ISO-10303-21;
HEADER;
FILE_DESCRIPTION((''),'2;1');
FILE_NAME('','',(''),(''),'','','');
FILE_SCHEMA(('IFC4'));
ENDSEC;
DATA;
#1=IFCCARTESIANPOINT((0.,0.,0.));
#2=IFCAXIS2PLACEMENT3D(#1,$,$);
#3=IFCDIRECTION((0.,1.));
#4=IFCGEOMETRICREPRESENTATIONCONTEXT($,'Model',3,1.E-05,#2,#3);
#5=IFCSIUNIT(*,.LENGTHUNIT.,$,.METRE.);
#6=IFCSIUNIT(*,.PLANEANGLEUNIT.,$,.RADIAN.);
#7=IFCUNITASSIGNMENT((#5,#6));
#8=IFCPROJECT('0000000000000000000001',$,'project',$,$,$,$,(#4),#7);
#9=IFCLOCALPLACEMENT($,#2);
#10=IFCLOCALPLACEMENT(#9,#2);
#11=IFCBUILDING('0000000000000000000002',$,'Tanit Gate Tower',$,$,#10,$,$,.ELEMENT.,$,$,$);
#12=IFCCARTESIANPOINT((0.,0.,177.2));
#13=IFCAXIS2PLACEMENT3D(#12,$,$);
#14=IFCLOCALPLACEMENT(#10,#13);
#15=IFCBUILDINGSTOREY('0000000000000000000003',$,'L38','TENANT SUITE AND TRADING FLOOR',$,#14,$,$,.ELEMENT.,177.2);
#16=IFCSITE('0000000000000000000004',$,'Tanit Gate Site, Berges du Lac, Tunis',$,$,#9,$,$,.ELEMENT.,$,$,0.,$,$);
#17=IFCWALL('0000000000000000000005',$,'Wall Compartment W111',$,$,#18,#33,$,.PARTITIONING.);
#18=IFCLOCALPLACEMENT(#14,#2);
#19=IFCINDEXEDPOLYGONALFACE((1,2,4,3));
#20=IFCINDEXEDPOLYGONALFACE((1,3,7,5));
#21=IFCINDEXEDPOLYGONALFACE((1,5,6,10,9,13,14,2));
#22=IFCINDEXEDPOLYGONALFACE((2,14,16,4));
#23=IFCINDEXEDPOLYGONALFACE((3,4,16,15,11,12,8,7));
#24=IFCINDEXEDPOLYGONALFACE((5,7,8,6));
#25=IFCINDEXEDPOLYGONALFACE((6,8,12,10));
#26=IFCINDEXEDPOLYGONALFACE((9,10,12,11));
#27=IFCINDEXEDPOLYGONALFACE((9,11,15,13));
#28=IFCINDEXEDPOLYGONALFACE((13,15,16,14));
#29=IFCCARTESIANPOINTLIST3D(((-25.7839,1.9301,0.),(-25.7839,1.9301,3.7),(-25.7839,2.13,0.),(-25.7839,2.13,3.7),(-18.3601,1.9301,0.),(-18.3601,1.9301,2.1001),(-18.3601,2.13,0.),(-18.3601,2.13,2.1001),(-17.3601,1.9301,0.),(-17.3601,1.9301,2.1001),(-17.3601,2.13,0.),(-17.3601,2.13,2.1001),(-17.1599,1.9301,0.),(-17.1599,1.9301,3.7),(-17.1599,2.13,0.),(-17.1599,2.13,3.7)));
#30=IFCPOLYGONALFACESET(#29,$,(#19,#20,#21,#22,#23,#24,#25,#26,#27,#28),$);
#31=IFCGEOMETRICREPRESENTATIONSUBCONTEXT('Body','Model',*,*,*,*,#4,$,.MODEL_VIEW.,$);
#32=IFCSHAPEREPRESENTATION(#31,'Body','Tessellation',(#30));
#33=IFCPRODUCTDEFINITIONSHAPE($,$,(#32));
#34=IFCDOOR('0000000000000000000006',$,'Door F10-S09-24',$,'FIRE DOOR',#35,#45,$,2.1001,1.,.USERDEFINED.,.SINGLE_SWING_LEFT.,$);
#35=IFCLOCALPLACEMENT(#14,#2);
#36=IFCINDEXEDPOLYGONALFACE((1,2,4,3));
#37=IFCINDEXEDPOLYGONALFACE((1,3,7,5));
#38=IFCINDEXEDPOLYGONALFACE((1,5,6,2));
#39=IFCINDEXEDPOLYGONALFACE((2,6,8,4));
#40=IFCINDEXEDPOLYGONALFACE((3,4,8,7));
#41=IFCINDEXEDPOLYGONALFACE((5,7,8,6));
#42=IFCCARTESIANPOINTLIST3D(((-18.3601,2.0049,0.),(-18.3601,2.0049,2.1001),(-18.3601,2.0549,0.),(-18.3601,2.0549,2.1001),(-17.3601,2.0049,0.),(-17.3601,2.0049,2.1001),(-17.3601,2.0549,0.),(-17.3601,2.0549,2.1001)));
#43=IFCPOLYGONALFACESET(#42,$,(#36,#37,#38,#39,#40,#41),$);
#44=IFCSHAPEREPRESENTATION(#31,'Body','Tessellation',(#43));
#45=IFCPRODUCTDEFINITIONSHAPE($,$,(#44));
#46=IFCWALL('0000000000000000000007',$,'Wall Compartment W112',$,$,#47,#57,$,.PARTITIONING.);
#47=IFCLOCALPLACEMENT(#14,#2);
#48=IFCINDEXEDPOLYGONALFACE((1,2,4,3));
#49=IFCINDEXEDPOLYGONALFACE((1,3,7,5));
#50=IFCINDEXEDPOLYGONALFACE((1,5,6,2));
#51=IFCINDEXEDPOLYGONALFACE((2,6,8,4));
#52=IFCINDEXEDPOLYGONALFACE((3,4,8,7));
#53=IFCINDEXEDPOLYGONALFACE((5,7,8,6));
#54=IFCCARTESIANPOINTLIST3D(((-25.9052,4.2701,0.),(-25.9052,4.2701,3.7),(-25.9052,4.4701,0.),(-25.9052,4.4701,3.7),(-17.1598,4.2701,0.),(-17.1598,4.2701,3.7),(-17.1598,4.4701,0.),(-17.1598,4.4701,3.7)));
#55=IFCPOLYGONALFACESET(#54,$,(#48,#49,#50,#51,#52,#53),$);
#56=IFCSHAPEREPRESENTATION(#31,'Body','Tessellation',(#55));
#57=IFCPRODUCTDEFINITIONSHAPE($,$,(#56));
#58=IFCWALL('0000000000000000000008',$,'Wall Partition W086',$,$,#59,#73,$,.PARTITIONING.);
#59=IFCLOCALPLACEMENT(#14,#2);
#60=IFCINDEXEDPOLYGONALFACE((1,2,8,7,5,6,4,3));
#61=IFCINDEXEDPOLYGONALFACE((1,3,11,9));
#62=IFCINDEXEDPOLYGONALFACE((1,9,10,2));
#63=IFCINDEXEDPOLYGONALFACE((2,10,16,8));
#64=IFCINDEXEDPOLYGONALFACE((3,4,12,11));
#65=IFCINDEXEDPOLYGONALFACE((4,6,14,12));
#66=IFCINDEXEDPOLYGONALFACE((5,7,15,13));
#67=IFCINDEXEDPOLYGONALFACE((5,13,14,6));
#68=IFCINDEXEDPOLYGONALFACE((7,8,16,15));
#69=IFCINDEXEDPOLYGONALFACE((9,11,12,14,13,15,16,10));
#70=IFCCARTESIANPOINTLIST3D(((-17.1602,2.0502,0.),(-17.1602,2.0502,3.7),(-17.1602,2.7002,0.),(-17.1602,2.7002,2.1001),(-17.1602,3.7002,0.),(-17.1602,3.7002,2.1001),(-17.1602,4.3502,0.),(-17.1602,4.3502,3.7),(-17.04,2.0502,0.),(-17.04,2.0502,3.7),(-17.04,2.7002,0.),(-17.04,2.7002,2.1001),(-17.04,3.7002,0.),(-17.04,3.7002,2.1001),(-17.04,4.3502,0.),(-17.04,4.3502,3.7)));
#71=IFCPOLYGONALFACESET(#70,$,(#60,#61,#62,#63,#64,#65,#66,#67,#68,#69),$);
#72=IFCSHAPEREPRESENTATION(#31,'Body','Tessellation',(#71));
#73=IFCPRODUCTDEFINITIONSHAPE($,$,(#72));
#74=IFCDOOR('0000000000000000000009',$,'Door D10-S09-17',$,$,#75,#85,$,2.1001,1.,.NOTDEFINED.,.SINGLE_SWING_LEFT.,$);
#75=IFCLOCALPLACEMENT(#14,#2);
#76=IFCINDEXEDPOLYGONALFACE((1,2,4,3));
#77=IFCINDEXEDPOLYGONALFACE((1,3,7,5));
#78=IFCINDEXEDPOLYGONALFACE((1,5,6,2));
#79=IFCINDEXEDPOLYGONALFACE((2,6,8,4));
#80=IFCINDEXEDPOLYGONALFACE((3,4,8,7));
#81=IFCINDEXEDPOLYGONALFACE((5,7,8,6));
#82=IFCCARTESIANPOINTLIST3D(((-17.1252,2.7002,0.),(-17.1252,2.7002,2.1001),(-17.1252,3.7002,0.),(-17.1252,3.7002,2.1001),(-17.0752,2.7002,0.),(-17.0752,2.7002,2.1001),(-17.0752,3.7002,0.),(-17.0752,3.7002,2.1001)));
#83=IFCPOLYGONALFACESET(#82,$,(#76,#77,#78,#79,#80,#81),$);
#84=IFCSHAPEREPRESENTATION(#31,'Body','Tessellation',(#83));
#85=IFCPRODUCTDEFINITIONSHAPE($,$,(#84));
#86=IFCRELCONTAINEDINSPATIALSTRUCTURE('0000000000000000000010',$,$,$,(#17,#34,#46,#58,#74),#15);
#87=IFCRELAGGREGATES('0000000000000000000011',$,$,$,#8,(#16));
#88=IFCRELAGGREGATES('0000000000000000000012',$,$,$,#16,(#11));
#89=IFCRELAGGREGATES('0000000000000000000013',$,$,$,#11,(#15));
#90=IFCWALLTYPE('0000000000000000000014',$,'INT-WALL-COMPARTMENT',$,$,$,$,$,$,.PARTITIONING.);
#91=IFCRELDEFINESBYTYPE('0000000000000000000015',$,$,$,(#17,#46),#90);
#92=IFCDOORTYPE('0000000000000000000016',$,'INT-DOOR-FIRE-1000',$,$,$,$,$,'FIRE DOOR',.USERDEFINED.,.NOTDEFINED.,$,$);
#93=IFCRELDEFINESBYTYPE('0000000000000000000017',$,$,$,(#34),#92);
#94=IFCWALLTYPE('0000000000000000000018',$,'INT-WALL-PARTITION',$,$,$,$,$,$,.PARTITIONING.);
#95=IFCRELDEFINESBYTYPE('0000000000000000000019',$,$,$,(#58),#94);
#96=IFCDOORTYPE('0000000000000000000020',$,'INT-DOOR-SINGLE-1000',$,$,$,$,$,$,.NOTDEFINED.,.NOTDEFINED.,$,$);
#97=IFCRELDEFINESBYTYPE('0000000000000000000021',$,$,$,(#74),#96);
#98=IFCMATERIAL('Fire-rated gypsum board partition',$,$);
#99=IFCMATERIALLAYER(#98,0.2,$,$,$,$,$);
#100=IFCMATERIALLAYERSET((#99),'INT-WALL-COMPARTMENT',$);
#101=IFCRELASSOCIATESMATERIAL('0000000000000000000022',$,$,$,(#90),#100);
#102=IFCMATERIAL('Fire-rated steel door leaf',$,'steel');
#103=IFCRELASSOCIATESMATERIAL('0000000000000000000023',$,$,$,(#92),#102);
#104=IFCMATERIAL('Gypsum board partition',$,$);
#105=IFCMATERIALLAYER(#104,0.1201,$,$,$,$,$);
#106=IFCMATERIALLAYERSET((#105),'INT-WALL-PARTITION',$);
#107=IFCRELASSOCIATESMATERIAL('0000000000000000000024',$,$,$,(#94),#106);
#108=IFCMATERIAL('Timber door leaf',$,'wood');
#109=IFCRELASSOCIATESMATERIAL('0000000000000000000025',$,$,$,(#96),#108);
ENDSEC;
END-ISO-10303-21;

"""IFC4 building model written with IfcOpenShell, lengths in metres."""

from ifc_helpers import new_model, si_unit, direction, frame, frame_2d, origin, place, context, subcontext, project, spatial, rectangle, extrude, material, layer, layer_set, type_object, element, fill, save


model = new_model("IFC4")

# Units and contexts
model_context = context("Model", 3, precision=1e-05, world=origin(), true_north=direction((0.0, 1.0)))
body_context = subcontext(model_context, "Body", "Model", "MODEL_VIEW")
ifc_project = project(units=[si_unit("LENGTHUNIT", "METRE"), si_unit("PLANEANGLEUNIT", "RADIAN")], contexts=[model_context])

# Site, building, storey
site_placement = place(None, origin())
site = spatial("IfcSite", under=ifc_project, at=site_placement, Name="Tanit Gate Site, Berges du Lac, Tunis", CompositionType="ELEMENT", RefElevation=0.0)
building_placement = place(site_placement, origin())
building = spatial("IfcBuilding", under=site, at=building_placement, Name="Tanit Gate Tower", CompositionType="ELEMENT")
storey_placement = place(building_placement, frame((0.0, 0.0, 177.2)))
storey = spatial("IfcBuildingStorey", under=building, at=storey_placement, Name="L38", Description="TENANT SUITE AND TRADING FLOOR", CompositionType="ELEMENT", Elevation=177.2)

# Shared definitions
ifc_material_1 = material(Name="Fire-rated gypsum board partition")
ifc_layer_1 = layer(ifc_material_1, 0.2)
ifc_layer_set_1 = layer_set([ifc_layer_1], Name="INT-WALL-COMPARTMENT")
wall_type_1 = type_object("IfcWallType", Name="INT-WALL-COMPARTMENT", PredefinedType="PARTITIONING", material=ifc_layer_set_1)

# Wall, opening, door
wall_1_placement = place(storey_placement, frame((-25.7839, 2.03, 0.0), z_axis=(0.0, 0.0, 1.0), x_axis=(1.0, 0.0, 0.0)))
wall_1 = element("IfcWall", 1, at=wall_1_placement, inside=storey, type_object=wall_type_1, Name="Wall Compartment W111", PredefinedType="PARTITIONING", context=body_context, shape_type="SweptSolid", body=[
    extrude(rectangle(XDim=8.624, YDim=0.2, at=frame_2d((4.312, 0.0))), origin(), (0.0, 0.0, 1.0), 3.7),
])
opening_1_placement = place(wall_1_placement, frame((7.4238, 0.0, 0.0)))
opening_1 = element("IfcOpeningElement", 2, at=opening_1_placement, cuts=wall_1, PredefinedType="OPENING", context=body_context, shape_type="SweptSolid", body=[
    extrude(rectangle(XDim=1.0, YDim=2.1001, at=frame_2d((0.5, 1.05))), frame((0.0, 0.1099, 0.0), z_axis=(0.0, -1.0, 0.0), x_axis=(1.0, 0.0, 0.0)), (0.0, 0.0, 1.0), 0.22),
])
ifc_material_2 = material(Name="Fire-rated steel door leaf", Category="steel")
door_type_1 = type_object("IfcDoorType", Name="INT-DOOR-FIRE-1000", ElementType="FIRE DOOR", OperationType="NOTDEFINED", PredefinedType="USERDEFINED", material=ifc_material_2)
door_1_placement = place(opening_1_placement, origin())
door_1 = element("IfcDoor", 3, at=door_1_placement, inside=storey, type_object=door_type_1, Name="Door F10-S09-24", ObjectType="FIRE DOOR", OperationType="SINGLE_SWING_LEFT", OverallHeight=2.1001, OverallWidth=1.0, PredefinedType="USERDEFINED", context=body_context, shape_type="SweptSolid", body=[
    extrude(rectangle(XDim=1.0, YDim=2.1001, at=frame_2d((0.5, 1.05))), frame((0.0, 0.0249, 0.0), z_axis=(0.0, -1.0, 0.0), x_axis=(1.0, 0.0, 0.0)), (0.0, 0.0, 1.0), 0.05),
])
fill(opening_1, door_1)

# Wall
wall_2_placement = place(storey_placement, frame((-17.1599, 4.3701, 0.0), z_axis=(0.0, 0.0, 1.0), x_axis=(-1.0, 0.0, 0.0)))
element("IfcWall", 4, at=wall_2_placement, inside=storey, type_object=wall_type_1, Name="Wall Compartment W112", PredefinedType="PARTITIONING", context=body_context, shape_type="SweptSolid", body=[
    extrude(rectangle(XDim=8.7454, YDim=0.2, at=frame_2d((4.3726, 0.0))), origin(), (0.0, 0.0, 1.0), 3.7),
])

# Wall, opening, door
ifc_material_3 = material(Name="Gypsum board partition")
ifc_layer_2 = layer(ifc_material_3, 0.1201)
ifc_layer_set_2 = layer_set([ifc_layer_2], Name="INT-WALL-PARTITION")
wall_type_2 = type_object("IfcWallType", Name="INT-WALL-PARTITION", PredefinedType="PARTITIONING", material=ifc_layer_set_2)
wall_3_placement = place(storey_placement, frame((-17.1001, 4.3501, 0.0), z_axis=(0.0, 0.0, 1.0), x_axis=(0.0, -1.0, 0.0)))
wall_3 = element("IfcWall", 5, at=wall_3_placement, inside=storey, type_object=wall_type_2, Name="Wall Partition W086", PredefinedType="PARTITIONING", context=body_context, shape_type="SweptSolid", body=[
    extrude(rectangle(XDim=2.3, YDim=0.1201, at=frame_2d((1.1499, 0.0))), origin(), (0.0, 0.0, 1.0), 3.7),
])
opening_2_placement = place(wall_3_placement, frame((0.6499, 0.0, 0.0)))
opening_2 = element("IfcOpeningElement", 6, at=opening_2_placement, cuts=wall_3, PredefinedType="OPENING", context=body_context, shape_type="SweptSolid", body=[
    extrude(rectangle(XDim=1.0, YDim=2.1001, at=frame_2d((0.5, 1.05))), frame((0.0, 0.0701, 0.0), z_axis=(0.0, -1.0, 0.0), x_axis=(1.0, 0.0, 0.0)), (0.0, 0.0, 1.0), 0.1401),
])
ifc_material_4 = material(Name="Timber door leaf", Category="wood")
door_type_2 = type_object("IfcDoorType", Name="INT-DOOR-SINGLE-1000", OperationType="NOTDEFINED", PredefinedType="NOTDEFINED", material=ifc_material_4)
door_2_placement = place(opening_2_placement, origin())
door_2 = element("IfcDoor", 7, at=door_2_placement, inside=storey, type_object=door_type_2, Name="Door D10-S09-17", OperationType="SINGLE_SWING_LEFT", OverallHeight=2.1001, OverallWidth=1.0, PredefinedType="NOTDEFINED", context=body_context, shape_type="SweptSolid", body=[
    extrude(rectangle(XDim=1.0, YDim=2.1001, at=frame_2d((0.5, 1.05))), frame((0.0, 0.0249, 0.0), z_axis=(0.0, -1.0, 0.0), x_axis=(1.0, 0.0, 0.0)), (0.0, 0.0, 1.0), 0.05),
])
fill(opening_2, door_2)

save(model, "model.ifc")
